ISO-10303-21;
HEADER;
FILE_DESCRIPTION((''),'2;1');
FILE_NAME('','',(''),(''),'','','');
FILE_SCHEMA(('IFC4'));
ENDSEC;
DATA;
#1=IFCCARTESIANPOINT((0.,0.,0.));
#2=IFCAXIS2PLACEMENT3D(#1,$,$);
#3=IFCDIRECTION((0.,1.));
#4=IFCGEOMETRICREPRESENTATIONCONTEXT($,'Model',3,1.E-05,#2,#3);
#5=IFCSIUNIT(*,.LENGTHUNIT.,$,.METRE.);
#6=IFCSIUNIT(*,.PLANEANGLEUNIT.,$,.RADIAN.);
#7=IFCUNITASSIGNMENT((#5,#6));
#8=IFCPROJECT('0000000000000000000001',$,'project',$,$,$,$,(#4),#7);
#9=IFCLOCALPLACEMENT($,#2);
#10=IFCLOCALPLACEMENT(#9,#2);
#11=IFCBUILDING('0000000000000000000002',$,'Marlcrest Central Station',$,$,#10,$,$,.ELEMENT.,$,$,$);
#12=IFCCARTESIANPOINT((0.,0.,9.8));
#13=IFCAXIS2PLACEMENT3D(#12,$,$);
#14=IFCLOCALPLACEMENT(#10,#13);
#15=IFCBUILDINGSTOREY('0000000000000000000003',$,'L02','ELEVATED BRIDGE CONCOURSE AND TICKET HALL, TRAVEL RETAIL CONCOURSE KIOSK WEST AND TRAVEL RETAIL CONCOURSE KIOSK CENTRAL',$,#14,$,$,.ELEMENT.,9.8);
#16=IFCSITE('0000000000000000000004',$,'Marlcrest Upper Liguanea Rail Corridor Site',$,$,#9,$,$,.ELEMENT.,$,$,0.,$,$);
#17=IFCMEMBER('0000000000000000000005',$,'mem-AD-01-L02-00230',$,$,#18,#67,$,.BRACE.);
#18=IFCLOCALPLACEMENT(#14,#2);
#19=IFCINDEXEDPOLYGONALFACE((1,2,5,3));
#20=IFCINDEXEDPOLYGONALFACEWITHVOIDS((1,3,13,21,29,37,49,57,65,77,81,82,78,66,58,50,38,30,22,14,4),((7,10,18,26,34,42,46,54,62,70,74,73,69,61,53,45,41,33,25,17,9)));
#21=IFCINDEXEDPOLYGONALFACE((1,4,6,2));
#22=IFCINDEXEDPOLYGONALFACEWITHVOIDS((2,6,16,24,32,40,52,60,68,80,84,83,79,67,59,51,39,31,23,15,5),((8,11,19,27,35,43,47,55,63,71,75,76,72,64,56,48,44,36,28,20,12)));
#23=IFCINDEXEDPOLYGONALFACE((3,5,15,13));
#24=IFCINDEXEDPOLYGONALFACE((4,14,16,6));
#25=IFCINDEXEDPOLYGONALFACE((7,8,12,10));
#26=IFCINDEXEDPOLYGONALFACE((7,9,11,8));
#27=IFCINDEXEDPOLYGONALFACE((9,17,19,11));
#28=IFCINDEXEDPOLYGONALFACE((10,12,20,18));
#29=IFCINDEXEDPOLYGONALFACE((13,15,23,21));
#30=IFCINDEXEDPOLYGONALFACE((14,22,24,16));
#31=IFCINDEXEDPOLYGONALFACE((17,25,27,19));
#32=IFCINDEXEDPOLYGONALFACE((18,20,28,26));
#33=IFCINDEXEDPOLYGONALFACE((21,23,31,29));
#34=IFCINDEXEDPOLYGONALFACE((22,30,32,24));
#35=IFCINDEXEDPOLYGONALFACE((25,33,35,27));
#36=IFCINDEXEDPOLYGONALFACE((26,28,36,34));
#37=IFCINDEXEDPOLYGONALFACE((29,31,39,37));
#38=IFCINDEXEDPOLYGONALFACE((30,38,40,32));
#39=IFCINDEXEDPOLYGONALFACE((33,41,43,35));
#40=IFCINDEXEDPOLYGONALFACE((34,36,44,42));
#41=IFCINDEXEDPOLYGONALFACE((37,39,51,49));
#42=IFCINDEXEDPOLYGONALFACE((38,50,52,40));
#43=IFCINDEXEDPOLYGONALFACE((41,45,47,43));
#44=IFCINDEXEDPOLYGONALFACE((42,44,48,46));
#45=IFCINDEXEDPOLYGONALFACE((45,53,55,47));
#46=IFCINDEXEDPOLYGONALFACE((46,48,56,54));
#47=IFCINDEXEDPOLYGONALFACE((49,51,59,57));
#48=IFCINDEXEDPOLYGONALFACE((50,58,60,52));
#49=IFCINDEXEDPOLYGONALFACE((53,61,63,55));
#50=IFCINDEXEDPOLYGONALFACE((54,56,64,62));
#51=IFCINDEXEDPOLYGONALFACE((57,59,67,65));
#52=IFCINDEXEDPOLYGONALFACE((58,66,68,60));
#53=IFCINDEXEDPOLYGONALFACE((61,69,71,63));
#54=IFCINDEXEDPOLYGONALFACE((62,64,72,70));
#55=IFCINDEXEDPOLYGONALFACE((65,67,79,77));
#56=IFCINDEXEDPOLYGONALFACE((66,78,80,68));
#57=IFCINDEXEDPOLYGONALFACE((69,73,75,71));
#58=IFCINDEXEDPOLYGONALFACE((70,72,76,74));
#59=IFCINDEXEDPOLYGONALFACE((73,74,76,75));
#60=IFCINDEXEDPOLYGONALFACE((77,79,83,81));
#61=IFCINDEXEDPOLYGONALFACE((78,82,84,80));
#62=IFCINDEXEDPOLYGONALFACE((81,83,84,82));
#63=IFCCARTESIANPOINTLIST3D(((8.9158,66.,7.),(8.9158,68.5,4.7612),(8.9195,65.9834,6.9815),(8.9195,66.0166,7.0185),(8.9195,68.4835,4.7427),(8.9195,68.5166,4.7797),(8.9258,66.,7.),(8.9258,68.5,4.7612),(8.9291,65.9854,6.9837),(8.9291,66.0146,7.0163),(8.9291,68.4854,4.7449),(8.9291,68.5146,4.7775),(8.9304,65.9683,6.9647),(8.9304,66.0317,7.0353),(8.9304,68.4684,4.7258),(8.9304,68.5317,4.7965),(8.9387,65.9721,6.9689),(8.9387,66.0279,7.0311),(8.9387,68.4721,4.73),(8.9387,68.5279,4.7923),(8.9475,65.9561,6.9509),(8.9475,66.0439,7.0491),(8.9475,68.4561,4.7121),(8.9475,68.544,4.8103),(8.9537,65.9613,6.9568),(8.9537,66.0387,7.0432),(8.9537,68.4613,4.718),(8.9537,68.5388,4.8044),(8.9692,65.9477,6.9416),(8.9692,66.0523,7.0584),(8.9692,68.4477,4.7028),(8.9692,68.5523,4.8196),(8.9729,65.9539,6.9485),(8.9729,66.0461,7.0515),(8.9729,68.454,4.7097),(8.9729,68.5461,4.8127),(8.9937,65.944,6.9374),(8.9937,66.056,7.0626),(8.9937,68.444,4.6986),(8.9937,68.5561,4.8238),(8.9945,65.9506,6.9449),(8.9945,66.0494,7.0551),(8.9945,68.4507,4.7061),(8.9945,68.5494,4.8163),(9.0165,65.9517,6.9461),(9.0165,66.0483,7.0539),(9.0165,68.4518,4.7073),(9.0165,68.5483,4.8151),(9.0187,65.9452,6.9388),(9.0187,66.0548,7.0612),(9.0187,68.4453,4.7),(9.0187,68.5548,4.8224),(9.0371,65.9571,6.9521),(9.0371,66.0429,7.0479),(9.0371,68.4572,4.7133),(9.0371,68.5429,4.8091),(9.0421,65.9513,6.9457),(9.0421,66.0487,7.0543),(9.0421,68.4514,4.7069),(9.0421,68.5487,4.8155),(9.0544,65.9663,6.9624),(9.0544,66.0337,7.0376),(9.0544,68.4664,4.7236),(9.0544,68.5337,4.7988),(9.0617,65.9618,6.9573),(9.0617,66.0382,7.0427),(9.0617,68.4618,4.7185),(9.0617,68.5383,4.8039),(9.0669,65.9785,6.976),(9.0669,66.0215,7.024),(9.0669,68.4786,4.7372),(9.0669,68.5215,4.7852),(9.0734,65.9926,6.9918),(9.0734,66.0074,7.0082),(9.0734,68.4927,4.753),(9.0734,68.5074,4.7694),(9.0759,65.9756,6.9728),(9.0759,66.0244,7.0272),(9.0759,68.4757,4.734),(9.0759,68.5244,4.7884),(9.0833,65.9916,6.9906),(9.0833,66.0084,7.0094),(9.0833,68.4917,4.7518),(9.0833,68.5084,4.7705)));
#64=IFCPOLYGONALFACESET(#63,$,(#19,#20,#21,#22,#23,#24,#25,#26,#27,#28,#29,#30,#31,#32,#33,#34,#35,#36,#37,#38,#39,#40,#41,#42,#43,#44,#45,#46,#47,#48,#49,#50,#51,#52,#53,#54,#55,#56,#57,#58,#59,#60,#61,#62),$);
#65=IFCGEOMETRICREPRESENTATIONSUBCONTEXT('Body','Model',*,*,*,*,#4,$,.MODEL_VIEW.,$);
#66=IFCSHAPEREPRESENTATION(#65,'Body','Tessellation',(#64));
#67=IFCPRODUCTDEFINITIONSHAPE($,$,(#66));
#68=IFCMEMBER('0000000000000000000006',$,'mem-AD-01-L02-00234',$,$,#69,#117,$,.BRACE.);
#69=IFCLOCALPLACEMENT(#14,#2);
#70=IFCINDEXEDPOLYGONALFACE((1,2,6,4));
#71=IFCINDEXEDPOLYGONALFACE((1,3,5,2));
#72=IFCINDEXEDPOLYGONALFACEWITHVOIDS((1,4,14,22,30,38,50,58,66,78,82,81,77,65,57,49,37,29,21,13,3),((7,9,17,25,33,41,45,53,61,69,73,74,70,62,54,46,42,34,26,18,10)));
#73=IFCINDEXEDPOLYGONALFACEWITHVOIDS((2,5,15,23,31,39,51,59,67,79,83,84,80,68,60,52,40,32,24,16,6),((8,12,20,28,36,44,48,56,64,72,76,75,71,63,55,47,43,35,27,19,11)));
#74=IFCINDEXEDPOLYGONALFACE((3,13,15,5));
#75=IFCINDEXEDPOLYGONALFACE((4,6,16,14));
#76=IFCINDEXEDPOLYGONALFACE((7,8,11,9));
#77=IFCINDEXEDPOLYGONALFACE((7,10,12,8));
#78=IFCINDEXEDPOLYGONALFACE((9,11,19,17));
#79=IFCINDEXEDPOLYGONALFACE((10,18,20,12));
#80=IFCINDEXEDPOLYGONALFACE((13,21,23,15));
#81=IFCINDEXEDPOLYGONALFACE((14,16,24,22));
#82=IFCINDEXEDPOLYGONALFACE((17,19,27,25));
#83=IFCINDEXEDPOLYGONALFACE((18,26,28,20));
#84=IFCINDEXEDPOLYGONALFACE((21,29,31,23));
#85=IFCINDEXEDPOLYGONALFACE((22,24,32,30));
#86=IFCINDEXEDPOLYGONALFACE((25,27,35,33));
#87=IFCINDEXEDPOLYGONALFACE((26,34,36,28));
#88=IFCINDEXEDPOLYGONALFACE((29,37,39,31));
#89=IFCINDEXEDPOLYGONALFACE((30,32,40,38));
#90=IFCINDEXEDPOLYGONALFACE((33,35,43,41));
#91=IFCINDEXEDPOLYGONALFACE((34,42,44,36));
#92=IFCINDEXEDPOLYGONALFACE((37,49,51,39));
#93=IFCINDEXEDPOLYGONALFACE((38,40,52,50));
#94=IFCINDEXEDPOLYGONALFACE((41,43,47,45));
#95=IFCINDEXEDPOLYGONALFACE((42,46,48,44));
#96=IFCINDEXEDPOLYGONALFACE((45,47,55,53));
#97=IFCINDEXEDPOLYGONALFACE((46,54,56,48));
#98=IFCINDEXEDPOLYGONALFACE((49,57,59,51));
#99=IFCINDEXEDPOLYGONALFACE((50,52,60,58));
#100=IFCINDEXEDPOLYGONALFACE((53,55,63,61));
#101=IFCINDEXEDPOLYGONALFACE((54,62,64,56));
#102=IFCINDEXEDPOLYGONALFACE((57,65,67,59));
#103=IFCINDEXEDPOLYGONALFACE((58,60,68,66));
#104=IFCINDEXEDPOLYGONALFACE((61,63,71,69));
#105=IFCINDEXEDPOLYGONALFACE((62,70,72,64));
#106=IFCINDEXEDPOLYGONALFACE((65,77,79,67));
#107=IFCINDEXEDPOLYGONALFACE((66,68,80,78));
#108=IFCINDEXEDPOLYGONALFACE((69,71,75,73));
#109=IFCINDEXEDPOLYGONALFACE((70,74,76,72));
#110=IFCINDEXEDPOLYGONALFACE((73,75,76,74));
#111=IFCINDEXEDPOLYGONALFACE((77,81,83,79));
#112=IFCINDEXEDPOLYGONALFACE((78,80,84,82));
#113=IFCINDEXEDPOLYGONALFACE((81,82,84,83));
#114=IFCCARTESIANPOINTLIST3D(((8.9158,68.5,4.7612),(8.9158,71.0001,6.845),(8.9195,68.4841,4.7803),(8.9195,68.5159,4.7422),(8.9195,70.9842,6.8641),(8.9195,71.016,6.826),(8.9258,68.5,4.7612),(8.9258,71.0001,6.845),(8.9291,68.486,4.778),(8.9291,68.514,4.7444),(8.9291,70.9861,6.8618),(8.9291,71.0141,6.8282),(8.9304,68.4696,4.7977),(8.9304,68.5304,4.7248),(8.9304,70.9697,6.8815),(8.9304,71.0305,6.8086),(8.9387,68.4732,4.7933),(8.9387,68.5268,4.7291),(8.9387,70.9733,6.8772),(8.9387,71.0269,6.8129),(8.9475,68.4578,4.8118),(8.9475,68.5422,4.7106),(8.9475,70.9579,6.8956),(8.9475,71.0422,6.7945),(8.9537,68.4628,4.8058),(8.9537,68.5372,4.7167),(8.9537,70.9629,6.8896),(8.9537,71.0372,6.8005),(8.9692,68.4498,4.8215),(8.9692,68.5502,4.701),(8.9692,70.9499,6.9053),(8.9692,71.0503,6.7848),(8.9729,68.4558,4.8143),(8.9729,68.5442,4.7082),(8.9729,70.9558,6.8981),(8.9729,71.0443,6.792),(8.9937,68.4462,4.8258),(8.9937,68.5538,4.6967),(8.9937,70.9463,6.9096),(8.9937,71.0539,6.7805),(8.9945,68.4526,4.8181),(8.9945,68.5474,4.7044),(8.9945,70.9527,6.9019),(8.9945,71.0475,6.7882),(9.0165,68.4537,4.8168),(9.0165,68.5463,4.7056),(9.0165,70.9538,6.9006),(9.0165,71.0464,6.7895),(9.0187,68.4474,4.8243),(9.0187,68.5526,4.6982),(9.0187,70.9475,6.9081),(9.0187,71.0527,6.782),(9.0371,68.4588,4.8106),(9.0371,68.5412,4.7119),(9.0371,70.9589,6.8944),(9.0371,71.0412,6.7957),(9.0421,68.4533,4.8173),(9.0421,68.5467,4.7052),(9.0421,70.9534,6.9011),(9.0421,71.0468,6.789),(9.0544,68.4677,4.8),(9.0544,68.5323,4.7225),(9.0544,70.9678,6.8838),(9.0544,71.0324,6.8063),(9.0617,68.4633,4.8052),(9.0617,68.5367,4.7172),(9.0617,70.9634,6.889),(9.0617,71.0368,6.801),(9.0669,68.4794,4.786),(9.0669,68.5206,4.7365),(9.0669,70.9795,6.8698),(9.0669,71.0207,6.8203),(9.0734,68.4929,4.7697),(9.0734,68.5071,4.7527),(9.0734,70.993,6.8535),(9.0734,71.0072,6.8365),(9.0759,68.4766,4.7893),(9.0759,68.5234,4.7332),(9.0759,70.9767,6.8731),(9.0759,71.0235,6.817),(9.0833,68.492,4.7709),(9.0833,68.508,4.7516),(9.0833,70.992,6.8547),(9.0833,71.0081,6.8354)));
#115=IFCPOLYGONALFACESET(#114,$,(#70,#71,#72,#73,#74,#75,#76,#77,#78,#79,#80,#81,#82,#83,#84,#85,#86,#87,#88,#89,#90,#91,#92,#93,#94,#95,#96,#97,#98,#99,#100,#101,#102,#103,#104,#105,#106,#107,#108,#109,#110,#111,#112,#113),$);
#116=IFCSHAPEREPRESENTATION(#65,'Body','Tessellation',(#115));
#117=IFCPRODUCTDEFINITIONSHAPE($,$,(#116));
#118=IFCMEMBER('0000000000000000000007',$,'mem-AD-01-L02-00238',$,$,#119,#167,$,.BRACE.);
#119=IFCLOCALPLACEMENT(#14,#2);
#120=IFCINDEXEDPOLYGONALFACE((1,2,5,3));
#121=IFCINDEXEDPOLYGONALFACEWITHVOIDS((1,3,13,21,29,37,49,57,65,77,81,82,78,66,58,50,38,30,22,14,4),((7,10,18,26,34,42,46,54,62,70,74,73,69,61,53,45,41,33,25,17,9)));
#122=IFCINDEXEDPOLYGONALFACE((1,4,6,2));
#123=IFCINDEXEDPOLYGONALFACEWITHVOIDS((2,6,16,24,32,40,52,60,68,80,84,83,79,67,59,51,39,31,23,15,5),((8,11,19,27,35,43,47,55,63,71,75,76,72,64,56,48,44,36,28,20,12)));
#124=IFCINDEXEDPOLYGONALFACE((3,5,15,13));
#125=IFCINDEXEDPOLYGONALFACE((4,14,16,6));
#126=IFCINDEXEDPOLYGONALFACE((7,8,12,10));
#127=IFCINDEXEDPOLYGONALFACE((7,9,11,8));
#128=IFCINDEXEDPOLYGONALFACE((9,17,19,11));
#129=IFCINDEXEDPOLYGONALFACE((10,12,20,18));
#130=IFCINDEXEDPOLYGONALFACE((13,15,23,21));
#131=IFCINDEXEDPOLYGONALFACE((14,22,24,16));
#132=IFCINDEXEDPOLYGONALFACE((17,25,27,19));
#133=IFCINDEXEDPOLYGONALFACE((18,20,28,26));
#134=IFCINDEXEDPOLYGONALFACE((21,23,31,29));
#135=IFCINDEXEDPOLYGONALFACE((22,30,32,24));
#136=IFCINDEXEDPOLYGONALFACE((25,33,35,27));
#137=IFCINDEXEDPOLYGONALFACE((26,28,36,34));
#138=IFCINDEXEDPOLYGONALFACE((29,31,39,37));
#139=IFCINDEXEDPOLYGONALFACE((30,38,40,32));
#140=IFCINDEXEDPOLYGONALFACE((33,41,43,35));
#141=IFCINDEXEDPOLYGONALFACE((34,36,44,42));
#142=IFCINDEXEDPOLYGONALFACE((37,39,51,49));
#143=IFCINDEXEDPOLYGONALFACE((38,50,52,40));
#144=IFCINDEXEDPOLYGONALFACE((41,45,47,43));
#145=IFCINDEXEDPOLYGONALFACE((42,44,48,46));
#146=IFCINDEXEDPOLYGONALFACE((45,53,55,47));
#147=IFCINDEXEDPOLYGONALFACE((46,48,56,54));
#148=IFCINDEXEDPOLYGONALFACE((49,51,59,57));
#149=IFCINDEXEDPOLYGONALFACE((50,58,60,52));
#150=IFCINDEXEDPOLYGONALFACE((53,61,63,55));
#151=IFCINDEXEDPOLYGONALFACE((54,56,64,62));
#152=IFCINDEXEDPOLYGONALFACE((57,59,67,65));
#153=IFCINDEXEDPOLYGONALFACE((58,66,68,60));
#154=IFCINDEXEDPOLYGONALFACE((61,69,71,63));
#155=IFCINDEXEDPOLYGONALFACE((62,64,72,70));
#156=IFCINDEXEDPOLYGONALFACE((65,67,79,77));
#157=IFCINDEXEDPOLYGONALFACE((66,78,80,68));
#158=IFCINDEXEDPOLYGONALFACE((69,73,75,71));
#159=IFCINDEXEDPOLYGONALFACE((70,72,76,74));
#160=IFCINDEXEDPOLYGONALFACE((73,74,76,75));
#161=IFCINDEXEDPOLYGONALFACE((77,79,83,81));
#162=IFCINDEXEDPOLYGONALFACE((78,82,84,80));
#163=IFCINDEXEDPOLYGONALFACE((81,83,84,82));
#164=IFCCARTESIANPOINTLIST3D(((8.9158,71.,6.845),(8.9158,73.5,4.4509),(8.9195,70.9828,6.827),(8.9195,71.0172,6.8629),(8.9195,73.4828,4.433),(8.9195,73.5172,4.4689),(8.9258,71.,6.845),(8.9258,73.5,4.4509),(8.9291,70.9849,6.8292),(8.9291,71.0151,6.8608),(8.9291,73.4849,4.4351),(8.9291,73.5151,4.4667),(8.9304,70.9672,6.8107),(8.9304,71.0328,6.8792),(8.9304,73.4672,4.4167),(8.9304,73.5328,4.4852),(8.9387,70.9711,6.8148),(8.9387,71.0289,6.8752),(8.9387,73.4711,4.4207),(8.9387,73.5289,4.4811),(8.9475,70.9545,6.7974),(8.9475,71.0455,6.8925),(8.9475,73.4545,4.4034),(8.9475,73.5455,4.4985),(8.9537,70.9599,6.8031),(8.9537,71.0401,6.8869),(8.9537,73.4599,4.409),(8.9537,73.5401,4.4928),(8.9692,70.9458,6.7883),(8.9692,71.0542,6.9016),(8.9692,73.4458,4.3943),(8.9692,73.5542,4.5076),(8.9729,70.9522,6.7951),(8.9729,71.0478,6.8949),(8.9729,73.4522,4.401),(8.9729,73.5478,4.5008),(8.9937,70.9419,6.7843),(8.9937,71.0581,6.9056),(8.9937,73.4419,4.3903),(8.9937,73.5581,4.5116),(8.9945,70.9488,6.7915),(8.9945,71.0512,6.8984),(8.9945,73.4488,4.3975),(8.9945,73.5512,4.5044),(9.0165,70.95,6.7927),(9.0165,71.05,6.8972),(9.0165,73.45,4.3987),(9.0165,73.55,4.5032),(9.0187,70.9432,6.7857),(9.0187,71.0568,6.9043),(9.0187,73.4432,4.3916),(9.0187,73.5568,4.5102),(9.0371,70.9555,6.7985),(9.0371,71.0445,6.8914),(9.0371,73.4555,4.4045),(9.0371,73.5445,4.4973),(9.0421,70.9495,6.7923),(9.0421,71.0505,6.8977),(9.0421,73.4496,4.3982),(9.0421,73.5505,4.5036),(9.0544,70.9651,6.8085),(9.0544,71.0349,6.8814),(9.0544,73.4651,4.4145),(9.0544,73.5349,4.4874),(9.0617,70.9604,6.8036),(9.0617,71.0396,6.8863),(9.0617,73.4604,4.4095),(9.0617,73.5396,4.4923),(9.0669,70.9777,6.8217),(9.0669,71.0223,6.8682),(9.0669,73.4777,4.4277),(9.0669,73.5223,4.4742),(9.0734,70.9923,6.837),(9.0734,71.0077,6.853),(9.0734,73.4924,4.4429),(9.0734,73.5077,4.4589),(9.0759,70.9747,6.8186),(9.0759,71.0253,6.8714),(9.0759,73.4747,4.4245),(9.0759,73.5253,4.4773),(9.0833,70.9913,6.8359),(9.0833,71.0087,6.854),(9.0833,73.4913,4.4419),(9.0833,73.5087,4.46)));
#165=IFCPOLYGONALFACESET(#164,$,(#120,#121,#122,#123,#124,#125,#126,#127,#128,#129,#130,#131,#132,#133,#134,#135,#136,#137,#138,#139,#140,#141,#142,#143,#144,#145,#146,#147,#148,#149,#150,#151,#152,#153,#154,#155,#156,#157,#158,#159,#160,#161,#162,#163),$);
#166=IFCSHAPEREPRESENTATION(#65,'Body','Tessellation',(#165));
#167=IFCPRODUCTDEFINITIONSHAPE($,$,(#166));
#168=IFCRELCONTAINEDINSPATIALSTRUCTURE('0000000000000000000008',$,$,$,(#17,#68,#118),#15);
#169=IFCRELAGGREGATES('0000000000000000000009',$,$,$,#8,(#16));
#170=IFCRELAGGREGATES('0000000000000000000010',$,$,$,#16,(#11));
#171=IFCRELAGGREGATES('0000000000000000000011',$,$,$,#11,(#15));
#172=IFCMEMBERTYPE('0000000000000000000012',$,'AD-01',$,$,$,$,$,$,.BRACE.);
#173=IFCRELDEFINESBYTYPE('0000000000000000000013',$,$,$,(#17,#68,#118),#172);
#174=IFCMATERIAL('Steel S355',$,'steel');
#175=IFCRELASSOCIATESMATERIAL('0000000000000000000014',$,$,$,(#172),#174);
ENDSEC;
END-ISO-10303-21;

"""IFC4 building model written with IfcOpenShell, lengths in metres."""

from ifc_helpers import new_model, si_unit, direction, frame, origin, origin_2d, place, context, subcontext, project, spatial, hollow_circle, extrude, material, material_profile, profile_set, type_object, element, save


model = new_model("IFC4")

# Units and contexts
model_context = context("Model", 3, precision=1e-05, world=origin(), true_north=direction((0.0, 1.0)))
body_context = subcontext(model_context, "Body", "Model", "MODEL_VIEW")
ifc_project = project(units=[si_unit("LENGTHUNIT", "METRE"), si_unit("PLANEANGLEUNIT", "RADIAN")], contexts=[model_context])

# Site, building, storey
site_placement = place(None, origin())
site = spatial("IfcSite", under=ifc_project, at=site_placement, Name="Marlcrest Upper Liguanea Rail Corridor Site", CompositionType="ELEMENT", RefElevation=0.0)
building_placement = place(site_placement, origin())
building = spatial("IfcBuilding", under=site, at=building_placement, Name="Marlcrest Central Station", CompositionType="ELEMENT")
storey_placement = place(building_placement, frame((0.0, 0.0, 9.8)))
storey = spatial("IfcBuildingStorey", under=building, at=storey_placement, Name="L02", Description="ELEVATED BRIDGE CONCOURSE AND TICKET HALL, TRAVEL RETAIL CONCOURSE KIOSK WEST AND TRAVEL RETAIL CONCOURSE KIOSK CENTRAL", CompositionType="ELEMENT", Elevation=9.8)

# Members
ifc_material = material(Name="Steel S355", Category="steel")
ifc_material_profile_1 = material_profile(ifc_material, hollow_circle(Radius=0.0842, WallThickness=0.01, at=origin_2d()), Name="CHS 168.3x10")
ifc_profile_set_1 = profile_set([ifc_material_profile_1], Name="Steel S355")
member_type_1 = type_object("IfcMemberType", Name="AD-01", PredefinedType="BRACE", material=ifc_profile_set_1)
member_1_placement = place(storey_placement, frame((9.0, 66.0, 7.0), z_axis=(0.0, 0.744956, -0.667114), x_axis=(-1.0, 0.0, 0.0)))
element("IfcMember", 1, at=member_1_placement, inside=storey, type_object=member_type_1, Name="mem-AD-01-L02-00230", PredefinedType="BRACE", context=body_context, shape_type="SweptSolid", body=[
    extrude(hollow_circle(Radius=0.0842, WallThickness=0.01, at=origin_2d()), origin(), (0.0, 0.0, 1.0), 3.356),
])
member_2_placement = place(storey_placement, frame((9.0, 68.5, 4.7612), z_axis=(0.0, 0.76816, 0.640258), x_axis=(-1.0, 0.0, 0.0)))
element("IfcMember", 2, at=member_2_placement, inside=storey, type_object=member_type_1, Name="mem-AD-01-L02-00234", PredefinedType="BRACE", context=body_context, shape_type="SweptSolid", body=[
    extrude(hollow_circle(Radius=0.0842, WallThickness=0.01, at=origin_2d()), origin(), (0.0, 0.0, 1.0), 3.2546),
])
member_3_placement = place(storey_placement, frame((9.0, 71.0, 6.845), z_axis=(0.0, 0.722247, -0.691636), x_axis=(-1.0, 0.0, 0.0)))
element("IfcMember", 3, at=member_3_placement, inside=storey, type_object=member_type_1, Name="mem-AD-01-L02-00238", PredefinedType="BRACE", context=body_context, shape_type="SweptSolid", body=[
    extrude(hollow_circle(Radius=0.0842, WallThickness=0.01, at=origin_2d()), origin(), (0.0, 0.0, 1.0), 3.4614),
])

save(model, "model.ifc")
